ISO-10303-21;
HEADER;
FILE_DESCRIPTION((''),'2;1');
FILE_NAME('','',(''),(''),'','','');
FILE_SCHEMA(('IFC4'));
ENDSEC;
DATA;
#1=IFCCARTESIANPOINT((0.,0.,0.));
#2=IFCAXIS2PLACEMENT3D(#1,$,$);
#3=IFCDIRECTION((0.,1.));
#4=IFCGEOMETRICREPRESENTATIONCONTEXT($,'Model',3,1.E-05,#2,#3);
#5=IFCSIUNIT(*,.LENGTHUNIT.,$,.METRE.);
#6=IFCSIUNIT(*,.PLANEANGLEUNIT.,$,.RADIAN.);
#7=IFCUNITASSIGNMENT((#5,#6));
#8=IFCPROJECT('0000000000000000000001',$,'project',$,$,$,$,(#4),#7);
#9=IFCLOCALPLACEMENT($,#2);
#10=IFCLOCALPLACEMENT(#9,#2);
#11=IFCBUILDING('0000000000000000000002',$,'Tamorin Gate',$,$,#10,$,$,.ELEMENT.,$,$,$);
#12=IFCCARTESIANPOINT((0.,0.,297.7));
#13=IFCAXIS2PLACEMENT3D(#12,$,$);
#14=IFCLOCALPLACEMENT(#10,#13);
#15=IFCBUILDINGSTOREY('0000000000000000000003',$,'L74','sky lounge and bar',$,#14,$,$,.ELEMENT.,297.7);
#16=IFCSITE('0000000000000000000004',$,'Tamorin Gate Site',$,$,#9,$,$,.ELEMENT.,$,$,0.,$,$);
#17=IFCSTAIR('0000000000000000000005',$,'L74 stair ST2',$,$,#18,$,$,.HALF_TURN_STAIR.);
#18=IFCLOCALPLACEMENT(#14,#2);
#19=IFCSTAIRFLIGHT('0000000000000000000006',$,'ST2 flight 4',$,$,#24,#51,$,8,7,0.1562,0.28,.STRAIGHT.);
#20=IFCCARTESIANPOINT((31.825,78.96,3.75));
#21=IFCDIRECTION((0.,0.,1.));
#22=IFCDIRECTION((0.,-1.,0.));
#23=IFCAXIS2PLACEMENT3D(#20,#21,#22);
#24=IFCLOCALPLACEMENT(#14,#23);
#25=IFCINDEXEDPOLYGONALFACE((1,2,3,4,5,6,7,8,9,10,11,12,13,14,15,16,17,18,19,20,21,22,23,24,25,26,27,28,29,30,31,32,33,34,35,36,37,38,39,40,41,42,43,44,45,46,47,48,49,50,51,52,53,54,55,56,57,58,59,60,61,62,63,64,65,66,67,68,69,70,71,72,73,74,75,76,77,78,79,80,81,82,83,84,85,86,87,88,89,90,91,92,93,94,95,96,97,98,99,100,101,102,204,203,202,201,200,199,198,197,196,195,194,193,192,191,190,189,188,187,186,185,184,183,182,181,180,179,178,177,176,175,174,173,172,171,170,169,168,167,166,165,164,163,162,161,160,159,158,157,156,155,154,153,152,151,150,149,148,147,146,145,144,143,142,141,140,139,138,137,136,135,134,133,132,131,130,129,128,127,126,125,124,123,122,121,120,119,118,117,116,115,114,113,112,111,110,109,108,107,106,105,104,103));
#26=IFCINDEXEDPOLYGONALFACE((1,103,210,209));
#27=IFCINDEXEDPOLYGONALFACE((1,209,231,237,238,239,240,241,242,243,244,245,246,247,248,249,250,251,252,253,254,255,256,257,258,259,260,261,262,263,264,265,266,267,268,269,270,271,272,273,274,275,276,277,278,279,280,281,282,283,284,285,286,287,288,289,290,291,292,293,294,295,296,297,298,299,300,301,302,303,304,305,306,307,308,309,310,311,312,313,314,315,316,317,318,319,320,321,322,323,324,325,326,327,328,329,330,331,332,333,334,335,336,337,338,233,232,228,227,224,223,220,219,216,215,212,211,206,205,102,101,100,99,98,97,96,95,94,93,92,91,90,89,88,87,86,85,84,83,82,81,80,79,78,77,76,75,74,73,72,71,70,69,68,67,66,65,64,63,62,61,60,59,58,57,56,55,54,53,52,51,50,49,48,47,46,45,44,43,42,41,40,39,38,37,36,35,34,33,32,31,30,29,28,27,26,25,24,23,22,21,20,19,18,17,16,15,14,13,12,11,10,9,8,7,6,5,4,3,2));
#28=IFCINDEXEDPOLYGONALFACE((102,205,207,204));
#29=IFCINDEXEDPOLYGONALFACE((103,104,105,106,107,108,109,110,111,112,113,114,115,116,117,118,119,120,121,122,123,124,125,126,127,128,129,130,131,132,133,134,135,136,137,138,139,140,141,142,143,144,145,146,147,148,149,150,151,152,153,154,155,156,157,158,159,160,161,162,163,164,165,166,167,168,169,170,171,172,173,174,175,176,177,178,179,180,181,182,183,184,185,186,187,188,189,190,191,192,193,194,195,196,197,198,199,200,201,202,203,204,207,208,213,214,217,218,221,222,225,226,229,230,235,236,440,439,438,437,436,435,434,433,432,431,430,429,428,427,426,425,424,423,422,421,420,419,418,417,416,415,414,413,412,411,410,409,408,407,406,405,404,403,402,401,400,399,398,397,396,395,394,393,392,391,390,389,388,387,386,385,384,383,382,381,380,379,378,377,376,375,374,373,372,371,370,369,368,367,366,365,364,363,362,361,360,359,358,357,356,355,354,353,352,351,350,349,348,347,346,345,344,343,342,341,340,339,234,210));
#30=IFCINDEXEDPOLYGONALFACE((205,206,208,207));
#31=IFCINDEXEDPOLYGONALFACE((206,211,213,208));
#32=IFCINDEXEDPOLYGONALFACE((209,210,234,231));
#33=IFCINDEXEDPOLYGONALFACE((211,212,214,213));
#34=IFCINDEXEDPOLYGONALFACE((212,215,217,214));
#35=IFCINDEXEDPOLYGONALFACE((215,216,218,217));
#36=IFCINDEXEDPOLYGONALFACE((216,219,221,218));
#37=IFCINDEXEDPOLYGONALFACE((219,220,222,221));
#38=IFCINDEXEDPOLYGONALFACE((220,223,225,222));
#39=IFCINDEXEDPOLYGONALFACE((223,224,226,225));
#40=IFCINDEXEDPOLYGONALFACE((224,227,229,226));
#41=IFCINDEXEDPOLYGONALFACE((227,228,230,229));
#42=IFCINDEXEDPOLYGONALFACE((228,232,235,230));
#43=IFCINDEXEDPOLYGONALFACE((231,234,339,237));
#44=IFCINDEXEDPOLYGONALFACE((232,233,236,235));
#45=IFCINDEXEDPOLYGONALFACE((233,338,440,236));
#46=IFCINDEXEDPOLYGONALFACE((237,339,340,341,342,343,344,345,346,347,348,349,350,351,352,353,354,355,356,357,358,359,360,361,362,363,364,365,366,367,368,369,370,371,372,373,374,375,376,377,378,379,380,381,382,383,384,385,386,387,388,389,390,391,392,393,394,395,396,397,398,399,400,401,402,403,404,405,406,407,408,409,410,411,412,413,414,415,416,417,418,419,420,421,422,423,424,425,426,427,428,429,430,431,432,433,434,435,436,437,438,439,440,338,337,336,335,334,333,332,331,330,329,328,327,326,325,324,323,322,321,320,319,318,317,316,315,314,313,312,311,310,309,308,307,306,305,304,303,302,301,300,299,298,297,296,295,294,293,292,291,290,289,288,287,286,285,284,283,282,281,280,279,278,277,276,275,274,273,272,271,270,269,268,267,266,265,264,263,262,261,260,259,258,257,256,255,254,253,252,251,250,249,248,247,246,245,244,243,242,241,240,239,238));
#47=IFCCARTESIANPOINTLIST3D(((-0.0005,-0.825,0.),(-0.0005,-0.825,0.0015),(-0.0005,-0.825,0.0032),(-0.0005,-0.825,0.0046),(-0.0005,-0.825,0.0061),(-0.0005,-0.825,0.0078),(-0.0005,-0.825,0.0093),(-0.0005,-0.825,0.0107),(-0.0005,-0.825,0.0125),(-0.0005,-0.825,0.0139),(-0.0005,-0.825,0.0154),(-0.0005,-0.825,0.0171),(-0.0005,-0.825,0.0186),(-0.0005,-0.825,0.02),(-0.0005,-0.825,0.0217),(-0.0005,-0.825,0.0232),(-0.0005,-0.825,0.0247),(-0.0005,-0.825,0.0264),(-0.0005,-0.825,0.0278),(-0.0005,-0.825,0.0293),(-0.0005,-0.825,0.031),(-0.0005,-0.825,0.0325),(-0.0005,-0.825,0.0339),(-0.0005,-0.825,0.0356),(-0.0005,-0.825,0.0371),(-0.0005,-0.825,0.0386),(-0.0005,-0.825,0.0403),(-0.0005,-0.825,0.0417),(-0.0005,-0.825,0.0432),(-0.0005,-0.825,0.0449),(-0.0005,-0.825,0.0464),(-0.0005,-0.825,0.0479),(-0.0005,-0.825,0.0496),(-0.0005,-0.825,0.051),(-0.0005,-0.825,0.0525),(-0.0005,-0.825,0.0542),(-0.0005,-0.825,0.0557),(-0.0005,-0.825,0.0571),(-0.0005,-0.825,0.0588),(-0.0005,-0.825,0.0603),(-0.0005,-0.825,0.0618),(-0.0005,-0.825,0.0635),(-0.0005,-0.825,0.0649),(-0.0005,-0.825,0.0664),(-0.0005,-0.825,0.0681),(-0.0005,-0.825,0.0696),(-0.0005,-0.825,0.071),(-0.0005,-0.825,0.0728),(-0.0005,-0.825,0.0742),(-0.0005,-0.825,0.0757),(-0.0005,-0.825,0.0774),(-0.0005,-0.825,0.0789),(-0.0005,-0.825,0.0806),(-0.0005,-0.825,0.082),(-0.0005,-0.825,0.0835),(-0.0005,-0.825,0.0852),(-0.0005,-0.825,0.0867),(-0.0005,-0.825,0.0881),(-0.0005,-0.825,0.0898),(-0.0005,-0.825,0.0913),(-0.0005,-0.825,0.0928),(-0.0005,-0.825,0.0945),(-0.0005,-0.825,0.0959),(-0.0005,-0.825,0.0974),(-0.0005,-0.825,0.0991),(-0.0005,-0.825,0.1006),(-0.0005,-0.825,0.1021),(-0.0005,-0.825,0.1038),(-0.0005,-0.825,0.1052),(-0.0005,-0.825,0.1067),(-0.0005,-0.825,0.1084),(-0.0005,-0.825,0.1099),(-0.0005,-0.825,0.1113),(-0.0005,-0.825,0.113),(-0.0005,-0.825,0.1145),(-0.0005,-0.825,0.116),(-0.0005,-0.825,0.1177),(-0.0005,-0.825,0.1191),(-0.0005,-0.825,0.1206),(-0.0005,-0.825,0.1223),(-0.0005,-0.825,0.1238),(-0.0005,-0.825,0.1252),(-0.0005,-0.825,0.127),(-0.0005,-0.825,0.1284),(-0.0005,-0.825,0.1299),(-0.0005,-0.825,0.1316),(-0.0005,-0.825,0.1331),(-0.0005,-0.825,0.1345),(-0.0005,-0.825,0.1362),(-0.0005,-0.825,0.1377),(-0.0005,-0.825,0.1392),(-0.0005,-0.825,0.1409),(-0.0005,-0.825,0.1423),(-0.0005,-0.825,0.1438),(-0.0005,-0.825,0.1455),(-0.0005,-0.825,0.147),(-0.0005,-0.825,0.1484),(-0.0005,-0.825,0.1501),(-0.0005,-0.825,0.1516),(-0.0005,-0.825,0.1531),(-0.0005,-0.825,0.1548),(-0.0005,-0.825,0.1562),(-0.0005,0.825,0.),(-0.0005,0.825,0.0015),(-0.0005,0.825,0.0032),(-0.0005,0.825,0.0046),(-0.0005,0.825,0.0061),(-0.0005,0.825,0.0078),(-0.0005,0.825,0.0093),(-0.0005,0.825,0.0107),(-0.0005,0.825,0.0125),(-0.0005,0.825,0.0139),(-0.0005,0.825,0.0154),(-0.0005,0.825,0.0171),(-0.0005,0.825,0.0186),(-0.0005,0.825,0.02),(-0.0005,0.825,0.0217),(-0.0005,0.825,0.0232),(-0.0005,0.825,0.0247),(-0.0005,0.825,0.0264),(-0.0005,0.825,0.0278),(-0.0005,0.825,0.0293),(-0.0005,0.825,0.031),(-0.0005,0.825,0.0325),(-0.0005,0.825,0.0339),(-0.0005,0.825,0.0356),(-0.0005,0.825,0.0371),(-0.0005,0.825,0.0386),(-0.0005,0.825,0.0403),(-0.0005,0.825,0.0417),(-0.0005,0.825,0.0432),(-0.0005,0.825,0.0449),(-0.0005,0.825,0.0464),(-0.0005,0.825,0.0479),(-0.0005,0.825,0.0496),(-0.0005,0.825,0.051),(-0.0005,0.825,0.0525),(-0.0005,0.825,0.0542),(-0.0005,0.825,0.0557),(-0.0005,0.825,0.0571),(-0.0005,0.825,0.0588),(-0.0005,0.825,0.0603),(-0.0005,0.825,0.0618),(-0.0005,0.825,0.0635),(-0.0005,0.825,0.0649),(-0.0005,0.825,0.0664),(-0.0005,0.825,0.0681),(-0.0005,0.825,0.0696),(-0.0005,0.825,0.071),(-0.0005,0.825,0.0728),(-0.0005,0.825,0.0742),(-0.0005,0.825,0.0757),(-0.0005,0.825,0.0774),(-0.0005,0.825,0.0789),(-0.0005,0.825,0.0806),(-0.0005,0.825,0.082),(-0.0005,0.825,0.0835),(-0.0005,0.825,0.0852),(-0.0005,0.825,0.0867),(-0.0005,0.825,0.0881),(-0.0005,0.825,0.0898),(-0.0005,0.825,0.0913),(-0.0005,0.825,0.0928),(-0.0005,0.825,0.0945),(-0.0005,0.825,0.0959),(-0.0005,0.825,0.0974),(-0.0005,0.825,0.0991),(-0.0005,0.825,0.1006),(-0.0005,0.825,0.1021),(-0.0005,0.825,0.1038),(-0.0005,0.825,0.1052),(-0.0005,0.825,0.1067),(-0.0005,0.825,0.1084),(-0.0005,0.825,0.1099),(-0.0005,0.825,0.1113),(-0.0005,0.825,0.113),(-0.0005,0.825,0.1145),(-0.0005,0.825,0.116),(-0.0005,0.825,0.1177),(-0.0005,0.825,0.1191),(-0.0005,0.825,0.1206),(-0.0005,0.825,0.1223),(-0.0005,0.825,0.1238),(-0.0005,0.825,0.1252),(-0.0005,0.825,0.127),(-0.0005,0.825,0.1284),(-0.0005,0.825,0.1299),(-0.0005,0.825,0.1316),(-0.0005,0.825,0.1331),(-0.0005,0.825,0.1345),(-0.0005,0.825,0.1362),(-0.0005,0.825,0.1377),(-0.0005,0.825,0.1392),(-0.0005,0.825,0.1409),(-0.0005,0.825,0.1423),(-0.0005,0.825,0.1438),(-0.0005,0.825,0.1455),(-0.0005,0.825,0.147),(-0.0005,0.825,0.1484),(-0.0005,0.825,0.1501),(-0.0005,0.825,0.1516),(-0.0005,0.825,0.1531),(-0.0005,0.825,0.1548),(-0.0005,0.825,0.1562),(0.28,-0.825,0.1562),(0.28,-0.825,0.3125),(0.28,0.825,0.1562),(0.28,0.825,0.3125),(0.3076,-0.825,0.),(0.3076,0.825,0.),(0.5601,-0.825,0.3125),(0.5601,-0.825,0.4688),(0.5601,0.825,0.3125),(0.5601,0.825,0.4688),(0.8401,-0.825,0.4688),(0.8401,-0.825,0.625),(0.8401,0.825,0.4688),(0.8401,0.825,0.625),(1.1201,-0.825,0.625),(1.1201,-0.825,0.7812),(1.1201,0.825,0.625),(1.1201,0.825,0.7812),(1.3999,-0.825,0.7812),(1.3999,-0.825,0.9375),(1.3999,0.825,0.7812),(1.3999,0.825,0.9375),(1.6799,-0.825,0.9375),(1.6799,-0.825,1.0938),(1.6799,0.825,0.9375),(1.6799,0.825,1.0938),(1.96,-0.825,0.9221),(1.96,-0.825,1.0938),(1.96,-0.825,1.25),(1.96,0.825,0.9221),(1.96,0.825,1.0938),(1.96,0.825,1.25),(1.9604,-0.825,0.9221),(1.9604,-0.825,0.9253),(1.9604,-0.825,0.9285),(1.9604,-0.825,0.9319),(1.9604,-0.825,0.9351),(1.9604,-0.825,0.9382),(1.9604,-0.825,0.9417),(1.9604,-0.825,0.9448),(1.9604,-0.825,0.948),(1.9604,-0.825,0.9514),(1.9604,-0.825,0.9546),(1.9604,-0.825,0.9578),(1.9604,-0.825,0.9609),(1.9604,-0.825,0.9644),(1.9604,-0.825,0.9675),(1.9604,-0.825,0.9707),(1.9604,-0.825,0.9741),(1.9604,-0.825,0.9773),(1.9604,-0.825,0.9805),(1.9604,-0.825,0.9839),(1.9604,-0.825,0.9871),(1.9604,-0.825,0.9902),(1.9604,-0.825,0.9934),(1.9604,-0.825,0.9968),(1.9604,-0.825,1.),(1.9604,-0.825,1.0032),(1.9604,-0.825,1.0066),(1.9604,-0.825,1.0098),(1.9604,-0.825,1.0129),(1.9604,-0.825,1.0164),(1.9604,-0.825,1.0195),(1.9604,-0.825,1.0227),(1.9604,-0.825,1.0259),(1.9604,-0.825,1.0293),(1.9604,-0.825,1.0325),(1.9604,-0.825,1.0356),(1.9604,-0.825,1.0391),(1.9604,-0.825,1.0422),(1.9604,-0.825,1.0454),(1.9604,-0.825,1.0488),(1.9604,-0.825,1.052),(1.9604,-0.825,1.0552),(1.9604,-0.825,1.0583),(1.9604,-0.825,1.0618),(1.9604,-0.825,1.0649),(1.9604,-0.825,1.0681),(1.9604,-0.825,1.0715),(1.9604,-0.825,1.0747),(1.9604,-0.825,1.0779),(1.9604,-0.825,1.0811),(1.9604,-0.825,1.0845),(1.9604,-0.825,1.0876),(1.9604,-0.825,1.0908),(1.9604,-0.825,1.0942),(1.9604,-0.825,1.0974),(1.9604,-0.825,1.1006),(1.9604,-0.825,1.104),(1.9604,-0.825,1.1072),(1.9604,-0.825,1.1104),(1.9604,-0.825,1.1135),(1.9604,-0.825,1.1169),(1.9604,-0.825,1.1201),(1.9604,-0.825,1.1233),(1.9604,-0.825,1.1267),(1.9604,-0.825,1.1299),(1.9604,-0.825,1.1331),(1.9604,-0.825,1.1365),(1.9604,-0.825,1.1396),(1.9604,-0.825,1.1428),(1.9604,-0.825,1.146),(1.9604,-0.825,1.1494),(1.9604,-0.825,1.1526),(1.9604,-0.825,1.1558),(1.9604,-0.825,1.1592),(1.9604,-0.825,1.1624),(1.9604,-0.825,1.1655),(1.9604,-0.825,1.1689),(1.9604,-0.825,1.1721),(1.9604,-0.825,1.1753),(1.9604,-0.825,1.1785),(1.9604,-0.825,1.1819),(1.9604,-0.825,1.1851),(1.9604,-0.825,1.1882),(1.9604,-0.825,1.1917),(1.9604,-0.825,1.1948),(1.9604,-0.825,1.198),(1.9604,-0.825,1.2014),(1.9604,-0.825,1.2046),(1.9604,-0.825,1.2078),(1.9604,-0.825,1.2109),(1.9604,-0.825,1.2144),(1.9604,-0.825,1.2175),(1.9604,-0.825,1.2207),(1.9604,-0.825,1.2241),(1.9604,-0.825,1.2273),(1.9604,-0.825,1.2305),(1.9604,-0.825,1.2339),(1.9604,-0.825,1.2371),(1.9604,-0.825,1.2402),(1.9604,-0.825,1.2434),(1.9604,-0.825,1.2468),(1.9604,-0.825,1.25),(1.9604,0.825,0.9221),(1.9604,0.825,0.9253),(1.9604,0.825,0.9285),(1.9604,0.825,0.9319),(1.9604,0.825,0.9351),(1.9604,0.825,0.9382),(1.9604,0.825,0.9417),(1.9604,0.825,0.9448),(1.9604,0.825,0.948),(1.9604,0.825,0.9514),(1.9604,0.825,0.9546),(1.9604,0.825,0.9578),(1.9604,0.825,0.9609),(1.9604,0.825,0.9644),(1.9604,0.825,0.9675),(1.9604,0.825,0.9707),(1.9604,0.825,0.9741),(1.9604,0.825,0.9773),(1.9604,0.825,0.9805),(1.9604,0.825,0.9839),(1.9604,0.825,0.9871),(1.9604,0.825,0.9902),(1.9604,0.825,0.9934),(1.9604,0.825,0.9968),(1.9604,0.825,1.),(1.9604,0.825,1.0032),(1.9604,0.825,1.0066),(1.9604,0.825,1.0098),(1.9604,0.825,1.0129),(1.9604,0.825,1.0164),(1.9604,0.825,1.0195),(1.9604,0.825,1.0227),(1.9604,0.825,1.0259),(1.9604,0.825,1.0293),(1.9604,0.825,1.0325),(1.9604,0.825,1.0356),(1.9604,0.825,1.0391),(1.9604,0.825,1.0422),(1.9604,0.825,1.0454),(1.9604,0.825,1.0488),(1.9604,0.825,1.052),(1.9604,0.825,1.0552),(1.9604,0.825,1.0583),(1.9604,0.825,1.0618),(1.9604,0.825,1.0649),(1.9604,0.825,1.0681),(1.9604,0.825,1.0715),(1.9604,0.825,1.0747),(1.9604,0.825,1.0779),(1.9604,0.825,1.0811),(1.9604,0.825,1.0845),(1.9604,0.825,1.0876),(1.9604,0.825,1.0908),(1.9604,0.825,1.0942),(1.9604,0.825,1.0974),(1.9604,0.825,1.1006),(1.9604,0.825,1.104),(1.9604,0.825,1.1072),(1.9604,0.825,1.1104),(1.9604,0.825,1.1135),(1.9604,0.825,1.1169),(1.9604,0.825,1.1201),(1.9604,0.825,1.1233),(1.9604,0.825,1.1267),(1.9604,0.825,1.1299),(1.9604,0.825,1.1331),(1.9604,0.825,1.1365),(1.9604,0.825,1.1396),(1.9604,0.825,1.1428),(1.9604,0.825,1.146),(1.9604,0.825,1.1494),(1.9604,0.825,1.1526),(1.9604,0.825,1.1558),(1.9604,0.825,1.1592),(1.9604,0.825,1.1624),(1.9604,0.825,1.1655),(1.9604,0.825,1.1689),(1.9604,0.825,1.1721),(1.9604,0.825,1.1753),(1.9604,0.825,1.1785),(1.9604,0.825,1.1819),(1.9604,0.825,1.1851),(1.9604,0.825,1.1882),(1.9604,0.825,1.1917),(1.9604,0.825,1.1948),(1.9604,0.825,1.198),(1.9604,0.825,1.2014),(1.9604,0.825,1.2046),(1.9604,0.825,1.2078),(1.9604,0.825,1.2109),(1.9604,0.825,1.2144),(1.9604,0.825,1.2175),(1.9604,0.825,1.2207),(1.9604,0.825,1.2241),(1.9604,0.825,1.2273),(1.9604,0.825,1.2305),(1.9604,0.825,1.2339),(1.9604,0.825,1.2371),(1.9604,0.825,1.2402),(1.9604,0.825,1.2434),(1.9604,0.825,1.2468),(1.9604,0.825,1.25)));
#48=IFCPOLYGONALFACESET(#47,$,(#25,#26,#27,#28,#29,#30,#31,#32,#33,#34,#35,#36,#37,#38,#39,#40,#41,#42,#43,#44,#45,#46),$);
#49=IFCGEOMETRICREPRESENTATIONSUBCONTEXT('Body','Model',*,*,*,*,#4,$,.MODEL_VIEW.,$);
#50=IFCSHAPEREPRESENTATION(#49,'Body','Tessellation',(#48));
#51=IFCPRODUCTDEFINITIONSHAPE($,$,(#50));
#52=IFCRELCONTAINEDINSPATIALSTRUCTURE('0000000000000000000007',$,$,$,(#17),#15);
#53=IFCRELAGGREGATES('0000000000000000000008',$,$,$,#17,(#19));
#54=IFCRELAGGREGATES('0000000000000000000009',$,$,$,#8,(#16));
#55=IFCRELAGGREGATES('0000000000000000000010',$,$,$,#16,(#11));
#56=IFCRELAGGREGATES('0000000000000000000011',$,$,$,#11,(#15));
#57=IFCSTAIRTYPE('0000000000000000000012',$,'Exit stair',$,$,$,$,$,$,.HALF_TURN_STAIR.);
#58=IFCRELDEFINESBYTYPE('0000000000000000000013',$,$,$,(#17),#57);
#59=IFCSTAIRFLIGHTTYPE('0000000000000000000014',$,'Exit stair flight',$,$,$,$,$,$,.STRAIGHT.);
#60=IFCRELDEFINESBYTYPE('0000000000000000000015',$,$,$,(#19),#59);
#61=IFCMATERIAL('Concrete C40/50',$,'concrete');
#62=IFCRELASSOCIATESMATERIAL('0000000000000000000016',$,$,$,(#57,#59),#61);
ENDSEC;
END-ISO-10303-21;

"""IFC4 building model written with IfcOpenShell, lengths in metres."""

from ifc_helpers import new_model, si_unit, direction, frame, origin, place, context, subcontext, project, spatial, polyline, outline, extrude, material, type_object, element, aggregate, save


model = new_model("IFC4")

# Units and contexts
model_context = context("Model", 3, precision=1e-05, world=origin(), true_north=direction((0.0, 1.0)))
body_context = subcontext(model_context, "Body", "Model", "MODEL_VIEW")
ifc_project = project(units=[si_unit("LENGTHUNIT", "METRE"), si_unit("PLANEANGLEUNIT", "RADIAN")], contexts=[model_context])

# Site, building, storey
site_placement = place(None, origin())
site = spatial("IfcSite", under=ifc_project, at=site_placement, Name="Tamorin Gate Site", CompositionType="ELEMENT", RefElevation=0.0)
building_placement = place(site_placement, origin())
building = spatial("IfcBuilding", under=site, at=building_placement, Name="Tamorin Gate", CompositionType="ELEMENT")
storey_placement = place(building_placement, frame((0.0, 0.0, 297.7)))
storey = spatial("IfcBuildingStorey", under=building, at=storey_placement, Name="L74", Description="sky lounge and bar", CompositionType="ELEMENT", Elevation=297.7)

# Shared definitions
ifc_material_1 = material(Name="Concrete C40/50", Category="concrete")

# Stair, stair flight
stair_type = type_object("IfcStairType", Name="Exit stair", PredefinedType="HALF_TURN_STAIR", material=ifc_material_1)
stair_placement = place(storey_placement, origin())
stair = element("IfcStair", 1, at=stair_placement, inside=storey, type_object=stair_type, Name="L74 stair ST2", PredefinedType="HALF_TURN_STAIR")
stair_flight_type = type_object("IfcStairFlightType", Name="Exit stair flight", PredefinedType="STRAIGHT", material=ifc_material_1)
stair_flight_1_placement = place(storey_placement, frame((31.825, 78.96, 3.75), z_axis=(0.0, 0.0, 1.0), x_axis=(0.0, -1.0, 0.0)))
stair_flight_1 = element("IfcStairFlight", 2, at=stair_flight_1_placement, type_object=stair_flight_type, Name="ST2 flight 4", NumberOfRisers=8, NumberOfTreads=7, PredefinedType="STRAIGHT", RiserHeight=0.1562, TreadLength=0.28, context=body_context, shape_type="SweptSolid", body=[
    extrude(outline(polyline([(-0.0005, 0.0), (-0.0005, 0.0015), (-0.0005, 0.0032), (-0.0005, 0.0046), (-0.0005, 0.0061), (-0.0005, 0.0078), (-0.0005, 0.0093), (-0.0005, 0.0107), (-0.0005, 0.0125), (-0.0005, 0.0139), (-0.0005, 0.0154), (-0.0005, 0.0171), (-0.0005, 0.0186), (-0.0005, 0.02), (-0.0005, 0.0217), (-0.0005, 0.0232), (-0.0005, 0.0247), (-0.0005, 0.0264), (-0.0005, 0.0278), (-0.0005, 0.0293), (-0.0005, 0.031), (-0.0005, 0.0325), (-0.0005, 0.0339), (-0.0005, 0.0356), (-0.0005, 0.0371), (-0.0005, 0.0386), (-0.0005, 0.0403), (-0.0005, 0.0417), (-0.0005, 0.0432), (-0.0005, 0.0449), (-0.0005, 0.0464), (-0.0005, 0.0479), (-0.0005, 0.0496), (-0.0005, 0.051), (-0.0005, 0.0525), (-0.0005, 0.0542), (-0.0005, 0.0557), (-0.0005, 0.0571), (-0.0005, 0.0588), (-0.0005, 0.0603), (-0.0005, 0.0618), (-0.0005, 0.0635), (-0.0005, 0.0649), (-0.0005, 0.0664), (-0.0005, 0.0681), (-0.0005, 0.0696), (-0.0005, 0.071), (-0.0005, 0.0728), (-0.0005, 0.0742), (-0.0005, 0.0757), (-0.0005, 0.0774), (-0.0005, 0.0789), (-0.0005, 0.0806), (-0.0005, 0.082), (-0.0005, 0.0835), (-0.0005, 0.0852), (-0.0005, 0.0867), (-0.0005, 0.0881), (-0.0005, 0.0898), (-0.0005, 0.0913), (-0.0005, 0.0928), (-0.0005, 0.0945), (-0.0005, 0.0959), (-0.0005, 0.0974), (-0.0005, 0.0991), (-0.0005, 0.1006), (-0.0005, 0.1021), (-0.0005, 0.1038), (-0.0005, 0.1052), (-0.0005, 0.1067), (-0.0005, 0.1084), (-0.0005, 0.1099), (-0.0005, 0.1113), (-0.0005, 0.113), (-0.0005, 0.1145), (-0.0005, 0.116), (-0.0005, 0.1177), (-0.0005, 0.1191), (-0.0005, 0.1206), (-0.0005, 0.1223), (-0.0005, 0.1238), (-0.0005, 0.1252), (-0.0005, 0.127), (-0.0005, 0.1284), (-0.0005, 0.1299), (-0.0005, 0.1316), (-0.0005, 0.1331), (-0.0005, 0.1345), (-0.0005, 0.1362), (-0.0005, 0.1377), (-0.0005, 0.1392), (-0.0005, 0.1409), (-0.0005, 0.1423), (-0.0005, 0.1438), (-0.0005, 0.1455), (-0.0005, 0.147), (-0.0005, 0.1484), (-0.0005, 0.1501), (-0.0005, 0.1516), (-0.0005, 0.1531), (-0.0005, 0.1548), (-0.0005, 0.1562), (0.28, 0.1562), (0.28, 0.3125), (0.5601, 0.3125), (0.5601, 0.4688), (0.8401, 0.4688), (0.8401, 0.625), (1.1201, 0.625), (1.1201, 0.7812), (1.3999, 0.7812), (1.3999, 0.9375), (1.6799, 0.9375), (1.6799, 1.0938), (1.96, 1.0938), (1.96, 1.25), (1.9604, 1.25), (1.9604, 1.2468), (1.9604, 1.2434), (1.9604, 1.2402), (1.9604, 1.2371), (1.9604, 1.2339), (1.9604, 1.2305), (1.9604, 1.2273), (1.9604, 1.2241), (1.9604, 1.2207), (1.9604, 1.2175), (1.9604, 1.2144), (1.9604, 1.2109), (1.9604, 1.2078), (1.9604, 1.2046), (1.9604, 1.2014), (1.9604, 1.198), (1.9604, 1.1948), (1.9604, 1.1917), (1.9604, 1.1882), (1.9604, 1.1851), (1.9604, 1.1819), (1.9604, 1.1785), (1.9604, 1.1753), (1.9604, 1.1721), (1.9604, 1.1689), (1.9604, 1.1655), (1.9604, 1.1624), (1.9604, 1.1592), (1.9604, 1.1558), (1.9604, 1.1526), (1.9604, 1.1494), (1.9604, 1.146), (1.9604, 1.1428), (1.9604, 1.1396), (1.9604, 1.1365), (1.9604, 1.1331), (1.9604, 1.1299), (1.9604, 1.1267), (1.9604, 1.1233), (1.9604, 1.1201), (1.9604, 1.1169), (1.9604, 1.1135), (1.9604, 1.1104), (1.9604, 1.1072), (1.9604, 1.104), (1.9604, 1.1006), (1.9604, 1.0974), (1.9604, 1.0942), (1.9604, 1.0908), (1.9604, 1.0876), (1.9604, 1.0845), (1.9604, 1.0811), (1.9604, 1.0779), (1.9604, 1.0747), (1.9604, 1.0715), (1.9604, 1.0681), (1.9604, 1.0649), (1.9604, 1.0618), (1.9604, 1.0583), (1.9604, 1.0552), (1.9604, 1.052), (1.9604, 1.0488), (1.9604, 1.0454), (1.9604, 1.0422), (1.9604, 1.0391), (1.9604, 1.0356), (1.9604, 1.0325), (1.9604, 1.0293), (1.9604, 1.0259), (1.9604, 1.0227), (1.9604, 1.0195), (1.9604, 1.0164), (1.9604, 1.0129), (1.9604, 1.0098), (1.9604, 1.0066), (1.9604, 1.0032), (1.9604, 1.0), (1.9604, 0.9968), (1.9604, 0.9934), (1.9604, 0.9902), (1.9604, 0.9871), (1.9604, 0.9839), (1.9604, 0.9805), (1.9604, 0.9773), (1.9604, 0.9741), (1.9604, 0.9707), (1.9604, 0.9675), (1.9604, 0.9644), (1.9604, 0.9609), (1.9604, 0.9578), (1.9604, 0.9546), (1.9604, 0.9514), (1.9604, 0.948), (1.9604, 0.9448), (1.9604, 0.9417), (1.9604, 0.9382), (1.9604, 0.9351), (1.9604, 0.9319), (1.9604, 0.9285), (1.9604, 0.9253), (1.9604, 0.9221), (1.96, 0.9221), (0.3076, 0.0), (-0.0005, 0.0)])), frame((0.0, 0.825, 0.0), z_axis=(0.0, -1.0, 0.0), x_axis=(1.0, 0.0, 0.0)), (0.0, 0.0, 1.0), 1.6499),
])
aggregate(stair, [stair_flight_1])

save(model, "model.ifc")
